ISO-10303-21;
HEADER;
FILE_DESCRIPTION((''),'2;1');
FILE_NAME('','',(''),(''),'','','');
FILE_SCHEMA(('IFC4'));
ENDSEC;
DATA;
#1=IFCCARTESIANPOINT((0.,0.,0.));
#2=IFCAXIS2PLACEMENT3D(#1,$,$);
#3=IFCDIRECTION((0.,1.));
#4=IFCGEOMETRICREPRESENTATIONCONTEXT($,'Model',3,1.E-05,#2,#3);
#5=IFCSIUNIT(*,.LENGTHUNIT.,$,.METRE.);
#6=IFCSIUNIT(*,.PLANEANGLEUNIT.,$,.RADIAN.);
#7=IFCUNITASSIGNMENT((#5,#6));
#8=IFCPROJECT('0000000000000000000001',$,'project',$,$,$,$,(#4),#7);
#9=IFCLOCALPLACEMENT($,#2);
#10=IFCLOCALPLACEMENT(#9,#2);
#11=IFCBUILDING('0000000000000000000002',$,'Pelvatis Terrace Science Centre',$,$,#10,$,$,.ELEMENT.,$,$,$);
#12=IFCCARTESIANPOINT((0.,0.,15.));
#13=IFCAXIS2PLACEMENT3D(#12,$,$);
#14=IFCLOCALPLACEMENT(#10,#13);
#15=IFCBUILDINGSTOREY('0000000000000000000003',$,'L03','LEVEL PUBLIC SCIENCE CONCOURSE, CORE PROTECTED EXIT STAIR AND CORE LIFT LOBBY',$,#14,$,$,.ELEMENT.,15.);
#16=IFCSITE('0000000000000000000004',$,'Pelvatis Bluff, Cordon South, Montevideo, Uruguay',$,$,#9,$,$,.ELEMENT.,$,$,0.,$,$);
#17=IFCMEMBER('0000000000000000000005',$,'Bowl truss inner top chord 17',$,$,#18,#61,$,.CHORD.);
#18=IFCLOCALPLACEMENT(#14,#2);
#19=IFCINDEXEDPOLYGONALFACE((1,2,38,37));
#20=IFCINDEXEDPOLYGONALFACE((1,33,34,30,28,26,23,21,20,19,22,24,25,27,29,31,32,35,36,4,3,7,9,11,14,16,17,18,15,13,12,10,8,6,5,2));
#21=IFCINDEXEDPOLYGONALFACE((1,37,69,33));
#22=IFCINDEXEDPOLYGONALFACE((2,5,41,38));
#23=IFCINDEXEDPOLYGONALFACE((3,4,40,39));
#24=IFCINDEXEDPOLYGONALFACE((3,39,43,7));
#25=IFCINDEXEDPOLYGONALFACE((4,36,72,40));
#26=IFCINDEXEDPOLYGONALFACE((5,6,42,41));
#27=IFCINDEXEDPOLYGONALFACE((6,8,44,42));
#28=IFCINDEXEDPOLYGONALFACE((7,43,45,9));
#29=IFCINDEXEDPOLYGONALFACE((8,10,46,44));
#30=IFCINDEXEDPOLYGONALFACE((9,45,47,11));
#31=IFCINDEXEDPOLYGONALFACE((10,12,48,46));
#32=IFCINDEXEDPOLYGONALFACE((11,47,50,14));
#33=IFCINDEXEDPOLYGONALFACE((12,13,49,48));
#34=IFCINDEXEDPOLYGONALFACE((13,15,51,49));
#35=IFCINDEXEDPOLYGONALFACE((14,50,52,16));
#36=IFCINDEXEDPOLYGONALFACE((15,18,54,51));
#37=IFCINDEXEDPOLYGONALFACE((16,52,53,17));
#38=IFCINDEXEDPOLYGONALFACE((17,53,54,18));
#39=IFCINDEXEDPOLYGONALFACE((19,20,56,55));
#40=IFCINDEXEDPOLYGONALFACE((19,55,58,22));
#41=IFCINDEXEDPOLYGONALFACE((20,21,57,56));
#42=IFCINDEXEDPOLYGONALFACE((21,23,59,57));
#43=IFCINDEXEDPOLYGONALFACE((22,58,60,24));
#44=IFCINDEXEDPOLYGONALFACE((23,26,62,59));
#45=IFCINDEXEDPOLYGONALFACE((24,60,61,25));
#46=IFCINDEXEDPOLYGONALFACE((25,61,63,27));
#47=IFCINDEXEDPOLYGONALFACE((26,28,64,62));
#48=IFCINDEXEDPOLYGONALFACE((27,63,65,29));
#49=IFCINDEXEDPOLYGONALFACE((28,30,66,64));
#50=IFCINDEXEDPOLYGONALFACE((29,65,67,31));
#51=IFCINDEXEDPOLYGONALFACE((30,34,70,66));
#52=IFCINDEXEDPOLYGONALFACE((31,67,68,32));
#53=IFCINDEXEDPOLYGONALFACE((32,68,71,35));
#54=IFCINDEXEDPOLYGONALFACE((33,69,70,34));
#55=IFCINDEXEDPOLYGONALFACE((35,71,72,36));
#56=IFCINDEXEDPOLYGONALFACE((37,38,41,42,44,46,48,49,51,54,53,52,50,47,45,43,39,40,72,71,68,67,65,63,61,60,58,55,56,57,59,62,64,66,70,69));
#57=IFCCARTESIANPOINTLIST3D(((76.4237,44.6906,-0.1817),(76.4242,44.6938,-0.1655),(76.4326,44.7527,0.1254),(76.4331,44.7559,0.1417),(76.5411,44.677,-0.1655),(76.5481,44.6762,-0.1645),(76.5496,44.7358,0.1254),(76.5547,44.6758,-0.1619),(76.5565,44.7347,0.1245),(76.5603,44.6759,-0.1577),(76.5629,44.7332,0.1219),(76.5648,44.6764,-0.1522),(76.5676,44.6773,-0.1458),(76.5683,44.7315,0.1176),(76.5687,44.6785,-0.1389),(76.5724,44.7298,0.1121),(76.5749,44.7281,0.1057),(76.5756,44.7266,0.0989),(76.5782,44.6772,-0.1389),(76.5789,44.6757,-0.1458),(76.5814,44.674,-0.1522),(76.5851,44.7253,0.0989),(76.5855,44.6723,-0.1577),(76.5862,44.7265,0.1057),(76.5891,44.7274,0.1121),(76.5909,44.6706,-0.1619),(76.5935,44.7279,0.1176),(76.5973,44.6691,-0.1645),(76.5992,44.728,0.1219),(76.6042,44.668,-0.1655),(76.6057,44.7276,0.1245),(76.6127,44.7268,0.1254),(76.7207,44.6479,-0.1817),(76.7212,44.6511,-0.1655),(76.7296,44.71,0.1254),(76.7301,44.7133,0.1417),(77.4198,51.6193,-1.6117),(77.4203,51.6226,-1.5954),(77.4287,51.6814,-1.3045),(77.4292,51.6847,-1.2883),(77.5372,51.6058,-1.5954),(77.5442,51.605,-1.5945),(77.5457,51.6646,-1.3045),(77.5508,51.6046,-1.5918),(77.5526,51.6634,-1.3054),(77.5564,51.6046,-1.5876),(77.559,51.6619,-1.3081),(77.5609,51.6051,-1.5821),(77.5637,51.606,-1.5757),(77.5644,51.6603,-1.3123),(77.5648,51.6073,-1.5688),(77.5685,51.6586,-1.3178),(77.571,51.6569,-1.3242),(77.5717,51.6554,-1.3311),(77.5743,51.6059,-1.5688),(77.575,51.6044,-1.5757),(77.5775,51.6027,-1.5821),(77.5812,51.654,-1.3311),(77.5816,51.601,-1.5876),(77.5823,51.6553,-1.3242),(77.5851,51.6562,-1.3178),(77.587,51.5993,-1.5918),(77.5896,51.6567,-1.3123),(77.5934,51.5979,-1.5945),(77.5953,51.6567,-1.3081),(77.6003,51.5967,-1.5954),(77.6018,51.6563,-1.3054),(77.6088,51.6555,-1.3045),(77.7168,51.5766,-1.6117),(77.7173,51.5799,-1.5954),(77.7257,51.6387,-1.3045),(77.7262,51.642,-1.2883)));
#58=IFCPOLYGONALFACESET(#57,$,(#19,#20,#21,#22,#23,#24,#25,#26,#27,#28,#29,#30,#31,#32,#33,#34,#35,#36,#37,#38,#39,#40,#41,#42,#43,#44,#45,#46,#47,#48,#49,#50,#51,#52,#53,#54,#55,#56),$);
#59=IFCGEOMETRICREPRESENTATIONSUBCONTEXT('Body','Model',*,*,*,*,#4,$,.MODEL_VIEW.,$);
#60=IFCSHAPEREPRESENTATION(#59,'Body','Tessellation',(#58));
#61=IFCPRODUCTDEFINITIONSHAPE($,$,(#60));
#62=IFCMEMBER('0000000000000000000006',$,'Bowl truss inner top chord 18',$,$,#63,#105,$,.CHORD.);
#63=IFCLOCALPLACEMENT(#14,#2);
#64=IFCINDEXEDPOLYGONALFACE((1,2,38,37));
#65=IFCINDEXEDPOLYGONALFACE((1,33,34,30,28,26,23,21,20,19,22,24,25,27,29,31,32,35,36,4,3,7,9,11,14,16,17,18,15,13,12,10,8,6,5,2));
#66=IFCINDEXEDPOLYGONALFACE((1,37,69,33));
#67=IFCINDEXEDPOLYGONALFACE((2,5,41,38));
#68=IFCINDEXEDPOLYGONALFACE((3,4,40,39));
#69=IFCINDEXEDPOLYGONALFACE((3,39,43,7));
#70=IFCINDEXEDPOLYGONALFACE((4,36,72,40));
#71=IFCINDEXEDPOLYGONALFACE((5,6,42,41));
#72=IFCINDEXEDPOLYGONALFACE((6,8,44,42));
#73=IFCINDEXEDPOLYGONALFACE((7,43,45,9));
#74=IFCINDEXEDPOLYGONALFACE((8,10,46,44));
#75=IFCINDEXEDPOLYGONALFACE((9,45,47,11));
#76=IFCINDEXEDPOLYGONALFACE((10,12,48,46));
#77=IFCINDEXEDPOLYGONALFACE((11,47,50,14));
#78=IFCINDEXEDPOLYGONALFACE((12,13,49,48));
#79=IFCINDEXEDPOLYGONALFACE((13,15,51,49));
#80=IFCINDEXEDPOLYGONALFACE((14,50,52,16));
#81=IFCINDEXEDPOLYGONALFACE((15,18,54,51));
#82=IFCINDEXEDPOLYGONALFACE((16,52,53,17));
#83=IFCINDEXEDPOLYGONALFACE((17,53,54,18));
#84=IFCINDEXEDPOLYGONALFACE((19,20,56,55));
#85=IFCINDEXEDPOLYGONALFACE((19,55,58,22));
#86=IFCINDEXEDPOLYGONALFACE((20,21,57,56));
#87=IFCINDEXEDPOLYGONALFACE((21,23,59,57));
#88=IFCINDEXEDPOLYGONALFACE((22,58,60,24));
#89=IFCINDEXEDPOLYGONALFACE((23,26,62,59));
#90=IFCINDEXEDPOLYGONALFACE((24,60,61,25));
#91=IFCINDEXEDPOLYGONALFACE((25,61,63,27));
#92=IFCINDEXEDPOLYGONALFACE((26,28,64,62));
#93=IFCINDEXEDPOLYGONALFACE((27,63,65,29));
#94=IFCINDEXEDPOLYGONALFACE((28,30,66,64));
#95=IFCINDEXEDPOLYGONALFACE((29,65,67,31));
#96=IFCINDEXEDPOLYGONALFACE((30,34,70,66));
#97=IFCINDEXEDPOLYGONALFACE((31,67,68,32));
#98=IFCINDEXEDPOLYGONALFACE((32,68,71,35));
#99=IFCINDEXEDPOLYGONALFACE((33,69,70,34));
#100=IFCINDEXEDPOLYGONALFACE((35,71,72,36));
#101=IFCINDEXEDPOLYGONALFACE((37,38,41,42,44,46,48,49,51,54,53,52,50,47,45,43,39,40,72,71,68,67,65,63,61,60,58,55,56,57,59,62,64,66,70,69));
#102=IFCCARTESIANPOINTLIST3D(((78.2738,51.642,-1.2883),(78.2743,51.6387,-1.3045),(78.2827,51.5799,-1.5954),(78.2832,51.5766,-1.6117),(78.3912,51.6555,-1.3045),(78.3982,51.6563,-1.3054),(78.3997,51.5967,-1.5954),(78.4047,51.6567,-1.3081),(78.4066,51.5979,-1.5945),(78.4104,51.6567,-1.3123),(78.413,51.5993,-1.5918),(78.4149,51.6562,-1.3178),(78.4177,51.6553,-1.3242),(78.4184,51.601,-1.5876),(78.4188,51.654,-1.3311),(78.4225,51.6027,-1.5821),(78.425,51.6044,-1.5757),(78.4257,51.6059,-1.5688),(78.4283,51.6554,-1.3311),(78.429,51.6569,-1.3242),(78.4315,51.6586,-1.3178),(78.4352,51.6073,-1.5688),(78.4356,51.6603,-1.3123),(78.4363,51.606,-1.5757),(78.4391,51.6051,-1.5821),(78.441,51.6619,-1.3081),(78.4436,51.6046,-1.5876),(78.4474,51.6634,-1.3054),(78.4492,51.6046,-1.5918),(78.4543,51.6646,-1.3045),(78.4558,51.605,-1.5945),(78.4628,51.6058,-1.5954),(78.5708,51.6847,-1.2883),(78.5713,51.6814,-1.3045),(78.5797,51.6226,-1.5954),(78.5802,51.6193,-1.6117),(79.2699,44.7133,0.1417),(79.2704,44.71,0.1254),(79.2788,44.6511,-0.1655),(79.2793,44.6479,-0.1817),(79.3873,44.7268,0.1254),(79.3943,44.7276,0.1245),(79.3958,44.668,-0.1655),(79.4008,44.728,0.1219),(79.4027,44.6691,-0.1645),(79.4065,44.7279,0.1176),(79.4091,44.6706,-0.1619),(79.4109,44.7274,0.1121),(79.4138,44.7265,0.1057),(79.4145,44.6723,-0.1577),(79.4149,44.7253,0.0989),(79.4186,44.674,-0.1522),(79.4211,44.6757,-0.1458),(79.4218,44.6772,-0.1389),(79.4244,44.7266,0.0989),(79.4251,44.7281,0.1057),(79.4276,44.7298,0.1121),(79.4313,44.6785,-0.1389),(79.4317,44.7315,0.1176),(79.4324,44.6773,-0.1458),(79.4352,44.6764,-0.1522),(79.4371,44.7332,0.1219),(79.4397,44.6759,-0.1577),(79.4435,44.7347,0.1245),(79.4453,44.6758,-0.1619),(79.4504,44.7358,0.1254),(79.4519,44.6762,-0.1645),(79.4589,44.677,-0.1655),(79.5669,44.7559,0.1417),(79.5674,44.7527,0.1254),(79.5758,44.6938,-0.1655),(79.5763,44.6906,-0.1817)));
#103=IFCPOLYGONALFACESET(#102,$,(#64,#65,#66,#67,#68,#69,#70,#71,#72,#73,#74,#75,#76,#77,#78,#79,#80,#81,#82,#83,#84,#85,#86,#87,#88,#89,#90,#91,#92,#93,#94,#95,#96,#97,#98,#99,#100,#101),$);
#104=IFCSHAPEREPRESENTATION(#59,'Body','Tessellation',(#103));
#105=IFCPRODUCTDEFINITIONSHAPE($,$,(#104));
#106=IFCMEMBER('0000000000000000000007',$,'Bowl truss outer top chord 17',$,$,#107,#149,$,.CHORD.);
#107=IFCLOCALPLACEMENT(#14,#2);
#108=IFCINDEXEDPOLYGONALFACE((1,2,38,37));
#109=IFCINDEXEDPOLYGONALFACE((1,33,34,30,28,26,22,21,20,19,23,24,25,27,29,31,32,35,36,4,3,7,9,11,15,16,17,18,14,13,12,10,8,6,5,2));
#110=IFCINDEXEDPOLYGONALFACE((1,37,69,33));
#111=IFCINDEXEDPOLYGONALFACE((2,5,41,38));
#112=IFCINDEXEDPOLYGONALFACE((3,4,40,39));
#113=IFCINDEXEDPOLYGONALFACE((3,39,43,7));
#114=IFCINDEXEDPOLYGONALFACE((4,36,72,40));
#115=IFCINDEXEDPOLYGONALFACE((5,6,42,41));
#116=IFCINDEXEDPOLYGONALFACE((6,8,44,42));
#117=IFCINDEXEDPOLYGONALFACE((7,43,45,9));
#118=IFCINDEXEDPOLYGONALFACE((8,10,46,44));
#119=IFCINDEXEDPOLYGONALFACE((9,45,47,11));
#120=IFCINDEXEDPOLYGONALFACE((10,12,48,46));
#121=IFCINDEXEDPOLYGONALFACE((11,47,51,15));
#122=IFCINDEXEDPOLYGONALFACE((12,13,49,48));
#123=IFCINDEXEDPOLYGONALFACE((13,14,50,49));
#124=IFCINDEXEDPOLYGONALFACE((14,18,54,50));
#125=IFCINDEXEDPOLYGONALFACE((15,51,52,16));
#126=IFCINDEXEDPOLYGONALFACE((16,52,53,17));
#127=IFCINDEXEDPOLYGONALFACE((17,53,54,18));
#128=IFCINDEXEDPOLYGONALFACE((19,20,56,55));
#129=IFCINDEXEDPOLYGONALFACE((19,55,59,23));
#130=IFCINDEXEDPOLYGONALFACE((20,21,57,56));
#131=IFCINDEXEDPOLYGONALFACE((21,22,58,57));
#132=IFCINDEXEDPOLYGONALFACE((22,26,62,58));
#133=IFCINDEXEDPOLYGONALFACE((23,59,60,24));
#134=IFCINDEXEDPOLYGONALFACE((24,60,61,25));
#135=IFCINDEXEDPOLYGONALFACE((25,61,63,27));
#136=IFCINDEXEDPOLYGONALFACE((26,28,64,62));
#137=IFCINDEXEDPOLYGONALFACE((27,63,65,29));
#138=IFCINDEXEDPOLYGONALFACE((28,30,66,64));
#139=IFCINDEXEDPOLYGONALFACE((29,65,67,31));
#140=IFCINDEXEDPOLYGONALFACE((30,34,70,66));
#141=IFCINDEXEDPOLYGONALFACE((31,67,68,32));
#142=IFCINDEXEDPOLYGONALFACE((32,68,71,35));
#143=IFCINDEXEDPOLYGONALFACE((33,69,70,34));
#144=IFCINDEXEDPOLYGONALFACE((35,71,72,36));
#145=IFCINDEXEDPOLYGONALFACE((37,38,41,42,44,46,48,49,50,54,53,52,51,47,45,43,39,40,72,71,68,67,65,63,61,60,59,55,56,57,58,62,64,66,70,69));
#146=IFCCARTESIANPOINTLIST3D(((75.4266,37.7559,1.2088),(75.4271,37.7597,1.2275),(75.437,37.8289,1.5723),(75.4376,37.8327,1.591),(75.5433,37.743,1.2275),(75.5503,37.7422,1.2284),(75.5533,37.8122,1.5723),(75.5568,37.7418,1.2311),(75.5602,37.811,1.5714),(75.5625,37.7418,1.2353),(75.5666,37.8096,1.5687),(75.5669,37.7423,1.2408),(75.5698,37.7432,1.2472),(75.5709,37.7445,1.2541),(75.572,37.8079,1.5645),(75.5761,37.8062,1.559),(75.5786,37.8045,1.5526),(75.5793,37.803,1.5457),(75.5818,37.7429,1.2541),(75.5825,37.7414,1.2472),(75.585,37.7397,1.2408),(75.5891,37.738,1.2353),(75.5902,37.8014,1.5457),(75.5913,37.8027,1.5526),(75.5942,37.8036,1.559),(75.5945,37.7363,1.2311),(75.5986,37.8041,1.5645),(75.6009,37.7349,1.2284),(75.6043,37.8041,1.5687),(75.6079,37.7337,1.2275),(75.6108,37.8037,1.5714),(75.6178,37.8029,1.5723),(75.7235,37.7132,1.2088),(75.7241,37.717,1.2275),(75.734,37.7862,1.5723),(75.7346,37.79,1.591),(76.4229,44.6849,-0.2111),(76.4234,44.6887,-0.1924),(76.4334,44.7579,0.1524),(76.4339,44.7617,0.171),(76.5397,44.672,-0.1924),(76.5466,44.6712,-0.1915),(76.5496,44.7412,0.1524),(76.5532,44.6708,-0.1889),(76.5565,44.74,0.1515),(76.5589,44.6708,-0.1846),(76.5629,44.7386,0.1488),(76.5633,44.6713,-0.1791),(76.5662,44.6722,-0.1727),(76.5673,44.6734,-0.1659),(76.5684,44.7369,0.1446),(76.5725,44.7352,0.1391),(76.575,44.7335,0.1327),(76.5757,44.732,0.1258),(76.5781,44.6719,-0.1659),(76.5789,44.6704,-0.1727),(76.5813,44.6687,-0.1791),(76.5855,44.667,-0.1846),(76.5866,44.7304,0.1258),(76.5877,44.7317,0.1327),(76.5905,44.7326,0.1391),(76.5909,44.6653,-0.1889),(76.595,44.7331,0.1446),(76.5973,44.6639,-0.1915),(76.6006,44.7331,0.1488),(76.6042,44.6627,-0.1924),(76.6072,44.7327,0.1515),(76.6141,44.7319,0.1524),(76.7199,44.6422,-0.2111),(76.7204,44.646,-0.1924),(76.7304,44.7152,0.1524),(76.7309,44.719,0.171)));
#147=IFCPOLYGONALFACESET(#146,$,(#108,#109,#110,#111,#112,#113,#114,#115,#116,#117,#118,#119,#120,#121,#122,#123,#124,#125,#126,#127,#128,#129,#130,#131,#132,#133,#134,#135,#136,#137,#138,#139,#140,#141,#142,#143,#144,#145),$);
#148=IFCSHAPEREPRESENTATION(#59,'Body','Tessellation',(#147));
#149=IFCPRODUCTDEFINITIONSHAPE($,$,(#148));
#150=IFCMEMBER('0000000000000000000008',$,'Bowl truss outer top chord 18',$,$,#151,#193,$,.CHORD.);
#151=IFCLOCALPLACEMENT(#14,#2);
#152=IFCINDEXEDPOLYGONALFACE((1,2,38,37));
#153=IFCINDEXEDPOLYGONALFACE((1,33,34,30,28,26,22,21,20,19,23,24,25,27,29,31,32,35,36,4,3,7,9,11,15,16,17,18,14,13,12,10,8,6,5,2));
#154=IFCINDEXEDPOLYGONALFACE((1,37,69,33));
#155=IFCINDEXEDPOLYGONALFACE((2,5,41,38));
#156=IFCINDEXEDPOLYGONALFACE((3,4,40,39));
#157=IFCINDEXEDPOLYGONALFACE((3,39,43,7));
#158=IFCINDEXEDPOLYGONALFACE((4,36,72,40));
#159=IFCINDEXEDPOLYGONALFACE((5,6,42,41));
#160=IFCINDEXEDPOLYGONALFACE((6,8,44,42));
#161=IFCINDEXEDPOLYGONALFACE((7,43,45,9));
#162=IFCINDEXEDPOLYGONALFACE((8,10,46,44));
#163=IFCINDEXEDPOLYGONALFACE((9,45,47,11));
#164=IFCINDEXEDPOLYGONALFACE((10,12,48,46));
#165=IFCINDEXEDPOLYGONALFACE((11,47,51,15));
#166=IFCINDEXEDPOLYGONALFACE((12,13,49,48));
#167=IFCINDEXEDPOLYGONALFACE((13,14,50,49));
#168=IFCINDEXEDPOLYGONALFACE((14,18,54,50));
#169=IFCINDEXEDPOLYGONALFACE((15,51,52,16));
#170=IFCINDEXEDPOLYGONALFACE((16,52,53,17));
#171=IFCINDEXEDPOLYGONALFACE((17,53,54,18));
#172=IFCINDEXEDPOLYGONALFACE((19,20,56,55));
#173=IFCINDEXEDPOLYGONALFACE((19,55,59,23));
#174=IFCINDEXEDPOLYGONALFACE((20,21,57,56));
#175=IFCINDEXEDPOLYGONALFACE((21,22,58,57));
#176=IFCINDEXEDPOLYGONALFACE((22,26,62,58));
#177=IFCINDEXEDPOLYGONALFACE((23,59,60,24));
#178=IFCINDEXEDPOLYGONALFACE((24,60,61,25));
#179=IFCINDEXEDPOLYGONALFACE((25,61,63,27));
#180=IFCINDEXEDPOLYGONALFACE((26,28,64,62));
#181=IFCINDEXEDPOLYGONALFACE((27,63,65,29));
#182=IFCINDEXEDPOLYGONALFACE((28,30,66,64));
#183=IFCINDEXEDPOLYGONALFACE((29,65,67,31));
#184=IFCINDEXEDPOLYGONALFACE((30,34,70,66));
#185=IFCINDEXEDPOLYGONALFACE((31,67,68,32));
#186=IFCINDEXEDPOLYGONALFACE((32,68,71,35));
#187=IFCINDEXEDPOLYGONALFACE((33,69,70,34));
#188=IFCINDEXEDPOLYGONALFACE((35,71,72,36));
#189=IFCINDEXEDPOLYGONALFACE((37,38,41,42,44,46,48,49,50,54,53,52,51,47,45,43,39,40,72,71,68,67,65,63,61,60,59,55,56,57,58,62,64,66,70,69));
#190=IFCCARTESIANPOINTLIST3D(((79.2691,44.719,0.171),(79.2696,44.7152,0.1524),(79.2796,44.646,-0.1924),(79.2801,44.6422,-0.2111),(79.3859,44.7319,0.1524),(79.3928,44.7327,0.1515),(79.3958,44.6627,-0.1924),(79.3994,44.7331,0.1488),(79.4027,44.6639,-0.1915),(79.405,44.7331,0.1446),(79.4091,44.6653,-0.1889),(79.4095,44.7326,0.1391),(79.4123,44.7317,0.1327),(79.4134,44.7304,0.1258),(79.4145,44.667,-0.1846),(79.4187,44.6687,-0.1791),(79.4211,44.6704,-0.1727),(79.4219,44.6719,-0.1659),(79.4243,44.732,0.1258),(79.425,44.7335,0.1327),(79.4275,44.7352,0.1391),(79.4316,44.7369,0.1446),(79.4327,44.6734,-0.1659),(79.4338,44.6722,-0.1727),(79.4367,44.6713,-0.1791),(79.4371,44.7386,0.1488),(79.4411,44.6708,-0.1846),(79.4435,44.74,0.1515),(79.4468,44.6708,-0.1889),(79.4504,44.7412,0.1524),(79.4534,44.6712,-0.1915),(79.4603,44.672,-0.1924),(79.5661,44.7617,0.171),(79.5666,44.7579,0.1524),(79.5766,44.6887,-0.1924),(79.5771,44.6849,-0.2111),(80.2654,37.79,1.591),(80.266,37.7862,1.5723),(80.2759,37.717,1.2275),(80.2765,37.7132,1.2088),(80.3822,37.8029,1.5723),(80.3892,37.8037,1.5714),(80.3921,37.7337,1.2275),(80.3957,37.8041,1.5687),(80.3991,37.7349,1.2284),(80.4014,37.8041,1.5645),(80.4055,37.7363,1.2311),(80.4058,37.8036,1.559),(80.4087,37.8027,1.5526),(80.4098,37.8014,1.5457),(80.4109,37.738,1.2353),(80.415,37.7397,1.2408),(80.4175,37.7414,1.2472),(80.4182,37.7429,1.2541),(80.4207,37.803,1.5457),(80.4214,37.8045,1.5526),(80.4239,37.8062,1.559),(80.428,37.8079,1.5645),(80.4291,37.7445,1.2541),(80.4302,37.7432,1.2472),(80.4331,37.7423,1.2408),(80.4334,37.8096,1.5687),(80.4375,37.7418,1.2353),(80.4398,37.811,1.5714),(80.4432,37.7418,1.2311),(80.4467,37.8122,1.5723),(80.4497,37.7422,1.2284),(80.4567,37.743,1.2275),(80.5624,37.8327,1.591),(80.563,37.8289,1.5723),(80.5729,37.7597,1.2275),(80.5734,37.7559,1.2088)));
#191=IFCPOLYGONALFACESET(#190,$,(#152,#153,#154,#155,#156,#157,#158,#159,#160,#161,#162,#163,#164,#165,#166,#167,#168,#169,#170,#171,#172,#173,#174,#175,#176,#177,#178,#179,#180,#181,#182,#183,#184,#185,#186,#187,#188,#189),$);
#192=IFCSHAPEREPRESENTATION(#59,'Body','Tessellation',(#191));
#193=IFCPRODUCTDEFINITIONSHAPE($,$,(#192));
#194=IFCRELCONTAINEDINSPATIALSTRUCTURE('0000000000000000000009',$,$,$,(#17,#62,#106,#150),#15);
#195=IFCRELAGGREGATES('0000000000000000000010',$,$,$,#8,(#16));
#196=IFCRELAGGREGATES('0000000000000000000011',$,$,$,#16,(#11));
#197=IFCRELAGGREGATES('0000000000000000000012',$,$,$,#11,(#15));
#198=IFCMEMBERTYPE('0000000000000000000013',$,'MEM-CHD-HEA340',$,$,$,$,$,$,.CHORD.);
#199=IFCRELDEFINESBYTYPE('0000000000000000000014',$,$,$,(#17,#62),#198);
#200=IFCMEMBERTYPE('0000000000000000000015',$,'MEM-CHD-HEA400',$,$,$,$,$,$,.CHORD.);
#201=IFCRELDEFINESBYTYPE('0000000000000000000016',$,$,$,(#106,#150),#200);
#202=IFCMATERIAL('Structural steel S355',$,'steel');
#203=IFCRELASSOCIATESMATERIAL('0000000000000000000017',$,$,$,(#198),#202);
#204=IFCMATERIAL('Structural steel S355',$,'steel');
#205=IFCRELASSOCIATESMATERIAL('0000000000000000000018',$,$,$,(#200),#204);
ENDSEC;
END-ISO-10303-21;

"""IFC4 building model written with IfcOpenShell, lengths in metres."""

from ifc_helpers import new_model, si_unit, direction, frame, origin, origin_2d, place, context, subcontext, project, spatial, i_section, extrude, material, material_profile, profile_set, type_object, element, save


model = new_model("IFC4")

# Units and contexts
model_context = context("Model", 3, precision=1e-05, world=origin(), true_north=direction((0.0, 1.0)))
body_context = subcontext(model_context, "Body", "Model", "MODEL_VIEW")
ifc_project = project(units=[si_unit("LENGTHUNIT", "METRE"), si_unit("PLANEANGLEUNIT", "RADIAN")], contexts=[model_context])

# Site, building, storey
site_placement = place(None, origin())
site = spatial("IfcSite", under=ifc_project, at=site_placement, Name="Pelvatis Bluff, Cordon South, Montevideo, Uruguay", CompositionType="ELEMENT", RefElevation=0.0)
building_placement = place(site_placement, origin())
building = spatial("IfcBuilding", under=site, at=building_placement, Name="Pelvatis Terrace Science Centre", CompositionType="ELEMENT")
storey_placement = place(building_placement, frame((0.0, 0.0, 15.0)))
storey = spatial("IfcBuildingStorey", under=building, at=storey_placement, Name="L03", Description="LEVEL PUBLIC SCIENCE CONCOURSE, CORE PROTECTED EXIT STAIR AND CORE LIFT LOBBY", CompositionType="ELEMENT", Elevation=15.0)

# Members
ifc_material_1 = material(Name="Structural steel S355", Category="steel")
ifc_material_profile_1 = material_profile(ifc_material_1, i_section(OverallWidth=0.3, OverallDepth=0.3301, WebThickness=0.0095, FlangeThickness=0.0166, FilletRadius=0.0271, at=origin_2d()), Name="HEA 340")
ifc_profile_set_1 = profile_set([ifc_material_profile_1], Name="Structural steel S355")
member_type_1 = type_object("IfcMemberType", Name="MEM-CHD-HEA340", PredefinedType="CHORD", material=ifc_profile_set_1)
for number, where, z_axis, x_axis, name in (
    (1, (76.5769, 44.7019, -0.02), (0.139421, 0.969796, -0.200144), (-0.989824, 0.1423, 0.0), "Bowl truss inner top chord 17"),
    (2, (79.4231, 44.7019, -0.02), (-0.139421, 0.969796, -0.200144), (-0.989824, -0.1423, 0.0), "Bowl truss inner top chord 18"),
):
    element("IfcMember", number, at=place(storey_placement, frame(where, z_axis=z_axis, x_axis=x_axis)), inside=storey, type_object=member_type_1, Name=name, PredefinedType="CHORD", context=body_context, shape_type="SweptSolid", body=[
        extrude(i_section(OverallWidth=0.3, OverallDepth=0.3301, WebThickness=0.0095, FlangeThickness=0.0166, FilletRadius=0.0271, at=origin_2d()), origin(), (0.0, 0.0, 1.0), 7.1445),
    ])
ifc_material_2 = material(Name="Structural steel S355", Category="steel")
ifc_material_profile_2 = material_profile(ifc_material_2, i_section(OverallWidth=0.3, OverallDepth=0.3899, WebThickness=0.011, FlangeThickness=0.019, FilletRadius=0.0271, at=origin_2d()), Name="HEA 400")
ifc_profile_set_2 = profile_set([ifc_material_profile_2], Name="Structural steel S355")
member_type_2 = type_object("IfcMemberType", Name="MEM-CHD-HEA400", PredefinedType="CHORD", material=ifc_profile_set_2)
for number, where, z_axis, x_axis, name in (
    (3, (75.5806, 37.7729, 1.3999), (0.139489, 0.970064, -0.198791), (-0.989819, 0.142329, 0.0), "Bowl truss outer top chord 17"),
    (4, (80.4194, 37.7729, 1.3999), (-0.139489, 0.970064, -0.198791), (-0.989819, -0.142329, 0.0), "Bowl truss outer top chord 18"),
):
    element("IfcMember", number, at=place(storey_placement, frame(where, z_axis=z_axis, x_axis=x_axis)), inside=storey, type_object=member_type_2, Name=name, PredefinedType="CHORD", context=body_context, shape_type="SweptSolid", body=[
        extrude(i_section(OverallWidth=0.3, OverallDepth=0.3899, WebThickness=0.011, FlangeThickness=0.019, FilletRadius=0.0271, at=origin_2d()), origin(), (0.0, 0.0, 1.0), 7.1428),
    ])

save(model, "model.ifc")
